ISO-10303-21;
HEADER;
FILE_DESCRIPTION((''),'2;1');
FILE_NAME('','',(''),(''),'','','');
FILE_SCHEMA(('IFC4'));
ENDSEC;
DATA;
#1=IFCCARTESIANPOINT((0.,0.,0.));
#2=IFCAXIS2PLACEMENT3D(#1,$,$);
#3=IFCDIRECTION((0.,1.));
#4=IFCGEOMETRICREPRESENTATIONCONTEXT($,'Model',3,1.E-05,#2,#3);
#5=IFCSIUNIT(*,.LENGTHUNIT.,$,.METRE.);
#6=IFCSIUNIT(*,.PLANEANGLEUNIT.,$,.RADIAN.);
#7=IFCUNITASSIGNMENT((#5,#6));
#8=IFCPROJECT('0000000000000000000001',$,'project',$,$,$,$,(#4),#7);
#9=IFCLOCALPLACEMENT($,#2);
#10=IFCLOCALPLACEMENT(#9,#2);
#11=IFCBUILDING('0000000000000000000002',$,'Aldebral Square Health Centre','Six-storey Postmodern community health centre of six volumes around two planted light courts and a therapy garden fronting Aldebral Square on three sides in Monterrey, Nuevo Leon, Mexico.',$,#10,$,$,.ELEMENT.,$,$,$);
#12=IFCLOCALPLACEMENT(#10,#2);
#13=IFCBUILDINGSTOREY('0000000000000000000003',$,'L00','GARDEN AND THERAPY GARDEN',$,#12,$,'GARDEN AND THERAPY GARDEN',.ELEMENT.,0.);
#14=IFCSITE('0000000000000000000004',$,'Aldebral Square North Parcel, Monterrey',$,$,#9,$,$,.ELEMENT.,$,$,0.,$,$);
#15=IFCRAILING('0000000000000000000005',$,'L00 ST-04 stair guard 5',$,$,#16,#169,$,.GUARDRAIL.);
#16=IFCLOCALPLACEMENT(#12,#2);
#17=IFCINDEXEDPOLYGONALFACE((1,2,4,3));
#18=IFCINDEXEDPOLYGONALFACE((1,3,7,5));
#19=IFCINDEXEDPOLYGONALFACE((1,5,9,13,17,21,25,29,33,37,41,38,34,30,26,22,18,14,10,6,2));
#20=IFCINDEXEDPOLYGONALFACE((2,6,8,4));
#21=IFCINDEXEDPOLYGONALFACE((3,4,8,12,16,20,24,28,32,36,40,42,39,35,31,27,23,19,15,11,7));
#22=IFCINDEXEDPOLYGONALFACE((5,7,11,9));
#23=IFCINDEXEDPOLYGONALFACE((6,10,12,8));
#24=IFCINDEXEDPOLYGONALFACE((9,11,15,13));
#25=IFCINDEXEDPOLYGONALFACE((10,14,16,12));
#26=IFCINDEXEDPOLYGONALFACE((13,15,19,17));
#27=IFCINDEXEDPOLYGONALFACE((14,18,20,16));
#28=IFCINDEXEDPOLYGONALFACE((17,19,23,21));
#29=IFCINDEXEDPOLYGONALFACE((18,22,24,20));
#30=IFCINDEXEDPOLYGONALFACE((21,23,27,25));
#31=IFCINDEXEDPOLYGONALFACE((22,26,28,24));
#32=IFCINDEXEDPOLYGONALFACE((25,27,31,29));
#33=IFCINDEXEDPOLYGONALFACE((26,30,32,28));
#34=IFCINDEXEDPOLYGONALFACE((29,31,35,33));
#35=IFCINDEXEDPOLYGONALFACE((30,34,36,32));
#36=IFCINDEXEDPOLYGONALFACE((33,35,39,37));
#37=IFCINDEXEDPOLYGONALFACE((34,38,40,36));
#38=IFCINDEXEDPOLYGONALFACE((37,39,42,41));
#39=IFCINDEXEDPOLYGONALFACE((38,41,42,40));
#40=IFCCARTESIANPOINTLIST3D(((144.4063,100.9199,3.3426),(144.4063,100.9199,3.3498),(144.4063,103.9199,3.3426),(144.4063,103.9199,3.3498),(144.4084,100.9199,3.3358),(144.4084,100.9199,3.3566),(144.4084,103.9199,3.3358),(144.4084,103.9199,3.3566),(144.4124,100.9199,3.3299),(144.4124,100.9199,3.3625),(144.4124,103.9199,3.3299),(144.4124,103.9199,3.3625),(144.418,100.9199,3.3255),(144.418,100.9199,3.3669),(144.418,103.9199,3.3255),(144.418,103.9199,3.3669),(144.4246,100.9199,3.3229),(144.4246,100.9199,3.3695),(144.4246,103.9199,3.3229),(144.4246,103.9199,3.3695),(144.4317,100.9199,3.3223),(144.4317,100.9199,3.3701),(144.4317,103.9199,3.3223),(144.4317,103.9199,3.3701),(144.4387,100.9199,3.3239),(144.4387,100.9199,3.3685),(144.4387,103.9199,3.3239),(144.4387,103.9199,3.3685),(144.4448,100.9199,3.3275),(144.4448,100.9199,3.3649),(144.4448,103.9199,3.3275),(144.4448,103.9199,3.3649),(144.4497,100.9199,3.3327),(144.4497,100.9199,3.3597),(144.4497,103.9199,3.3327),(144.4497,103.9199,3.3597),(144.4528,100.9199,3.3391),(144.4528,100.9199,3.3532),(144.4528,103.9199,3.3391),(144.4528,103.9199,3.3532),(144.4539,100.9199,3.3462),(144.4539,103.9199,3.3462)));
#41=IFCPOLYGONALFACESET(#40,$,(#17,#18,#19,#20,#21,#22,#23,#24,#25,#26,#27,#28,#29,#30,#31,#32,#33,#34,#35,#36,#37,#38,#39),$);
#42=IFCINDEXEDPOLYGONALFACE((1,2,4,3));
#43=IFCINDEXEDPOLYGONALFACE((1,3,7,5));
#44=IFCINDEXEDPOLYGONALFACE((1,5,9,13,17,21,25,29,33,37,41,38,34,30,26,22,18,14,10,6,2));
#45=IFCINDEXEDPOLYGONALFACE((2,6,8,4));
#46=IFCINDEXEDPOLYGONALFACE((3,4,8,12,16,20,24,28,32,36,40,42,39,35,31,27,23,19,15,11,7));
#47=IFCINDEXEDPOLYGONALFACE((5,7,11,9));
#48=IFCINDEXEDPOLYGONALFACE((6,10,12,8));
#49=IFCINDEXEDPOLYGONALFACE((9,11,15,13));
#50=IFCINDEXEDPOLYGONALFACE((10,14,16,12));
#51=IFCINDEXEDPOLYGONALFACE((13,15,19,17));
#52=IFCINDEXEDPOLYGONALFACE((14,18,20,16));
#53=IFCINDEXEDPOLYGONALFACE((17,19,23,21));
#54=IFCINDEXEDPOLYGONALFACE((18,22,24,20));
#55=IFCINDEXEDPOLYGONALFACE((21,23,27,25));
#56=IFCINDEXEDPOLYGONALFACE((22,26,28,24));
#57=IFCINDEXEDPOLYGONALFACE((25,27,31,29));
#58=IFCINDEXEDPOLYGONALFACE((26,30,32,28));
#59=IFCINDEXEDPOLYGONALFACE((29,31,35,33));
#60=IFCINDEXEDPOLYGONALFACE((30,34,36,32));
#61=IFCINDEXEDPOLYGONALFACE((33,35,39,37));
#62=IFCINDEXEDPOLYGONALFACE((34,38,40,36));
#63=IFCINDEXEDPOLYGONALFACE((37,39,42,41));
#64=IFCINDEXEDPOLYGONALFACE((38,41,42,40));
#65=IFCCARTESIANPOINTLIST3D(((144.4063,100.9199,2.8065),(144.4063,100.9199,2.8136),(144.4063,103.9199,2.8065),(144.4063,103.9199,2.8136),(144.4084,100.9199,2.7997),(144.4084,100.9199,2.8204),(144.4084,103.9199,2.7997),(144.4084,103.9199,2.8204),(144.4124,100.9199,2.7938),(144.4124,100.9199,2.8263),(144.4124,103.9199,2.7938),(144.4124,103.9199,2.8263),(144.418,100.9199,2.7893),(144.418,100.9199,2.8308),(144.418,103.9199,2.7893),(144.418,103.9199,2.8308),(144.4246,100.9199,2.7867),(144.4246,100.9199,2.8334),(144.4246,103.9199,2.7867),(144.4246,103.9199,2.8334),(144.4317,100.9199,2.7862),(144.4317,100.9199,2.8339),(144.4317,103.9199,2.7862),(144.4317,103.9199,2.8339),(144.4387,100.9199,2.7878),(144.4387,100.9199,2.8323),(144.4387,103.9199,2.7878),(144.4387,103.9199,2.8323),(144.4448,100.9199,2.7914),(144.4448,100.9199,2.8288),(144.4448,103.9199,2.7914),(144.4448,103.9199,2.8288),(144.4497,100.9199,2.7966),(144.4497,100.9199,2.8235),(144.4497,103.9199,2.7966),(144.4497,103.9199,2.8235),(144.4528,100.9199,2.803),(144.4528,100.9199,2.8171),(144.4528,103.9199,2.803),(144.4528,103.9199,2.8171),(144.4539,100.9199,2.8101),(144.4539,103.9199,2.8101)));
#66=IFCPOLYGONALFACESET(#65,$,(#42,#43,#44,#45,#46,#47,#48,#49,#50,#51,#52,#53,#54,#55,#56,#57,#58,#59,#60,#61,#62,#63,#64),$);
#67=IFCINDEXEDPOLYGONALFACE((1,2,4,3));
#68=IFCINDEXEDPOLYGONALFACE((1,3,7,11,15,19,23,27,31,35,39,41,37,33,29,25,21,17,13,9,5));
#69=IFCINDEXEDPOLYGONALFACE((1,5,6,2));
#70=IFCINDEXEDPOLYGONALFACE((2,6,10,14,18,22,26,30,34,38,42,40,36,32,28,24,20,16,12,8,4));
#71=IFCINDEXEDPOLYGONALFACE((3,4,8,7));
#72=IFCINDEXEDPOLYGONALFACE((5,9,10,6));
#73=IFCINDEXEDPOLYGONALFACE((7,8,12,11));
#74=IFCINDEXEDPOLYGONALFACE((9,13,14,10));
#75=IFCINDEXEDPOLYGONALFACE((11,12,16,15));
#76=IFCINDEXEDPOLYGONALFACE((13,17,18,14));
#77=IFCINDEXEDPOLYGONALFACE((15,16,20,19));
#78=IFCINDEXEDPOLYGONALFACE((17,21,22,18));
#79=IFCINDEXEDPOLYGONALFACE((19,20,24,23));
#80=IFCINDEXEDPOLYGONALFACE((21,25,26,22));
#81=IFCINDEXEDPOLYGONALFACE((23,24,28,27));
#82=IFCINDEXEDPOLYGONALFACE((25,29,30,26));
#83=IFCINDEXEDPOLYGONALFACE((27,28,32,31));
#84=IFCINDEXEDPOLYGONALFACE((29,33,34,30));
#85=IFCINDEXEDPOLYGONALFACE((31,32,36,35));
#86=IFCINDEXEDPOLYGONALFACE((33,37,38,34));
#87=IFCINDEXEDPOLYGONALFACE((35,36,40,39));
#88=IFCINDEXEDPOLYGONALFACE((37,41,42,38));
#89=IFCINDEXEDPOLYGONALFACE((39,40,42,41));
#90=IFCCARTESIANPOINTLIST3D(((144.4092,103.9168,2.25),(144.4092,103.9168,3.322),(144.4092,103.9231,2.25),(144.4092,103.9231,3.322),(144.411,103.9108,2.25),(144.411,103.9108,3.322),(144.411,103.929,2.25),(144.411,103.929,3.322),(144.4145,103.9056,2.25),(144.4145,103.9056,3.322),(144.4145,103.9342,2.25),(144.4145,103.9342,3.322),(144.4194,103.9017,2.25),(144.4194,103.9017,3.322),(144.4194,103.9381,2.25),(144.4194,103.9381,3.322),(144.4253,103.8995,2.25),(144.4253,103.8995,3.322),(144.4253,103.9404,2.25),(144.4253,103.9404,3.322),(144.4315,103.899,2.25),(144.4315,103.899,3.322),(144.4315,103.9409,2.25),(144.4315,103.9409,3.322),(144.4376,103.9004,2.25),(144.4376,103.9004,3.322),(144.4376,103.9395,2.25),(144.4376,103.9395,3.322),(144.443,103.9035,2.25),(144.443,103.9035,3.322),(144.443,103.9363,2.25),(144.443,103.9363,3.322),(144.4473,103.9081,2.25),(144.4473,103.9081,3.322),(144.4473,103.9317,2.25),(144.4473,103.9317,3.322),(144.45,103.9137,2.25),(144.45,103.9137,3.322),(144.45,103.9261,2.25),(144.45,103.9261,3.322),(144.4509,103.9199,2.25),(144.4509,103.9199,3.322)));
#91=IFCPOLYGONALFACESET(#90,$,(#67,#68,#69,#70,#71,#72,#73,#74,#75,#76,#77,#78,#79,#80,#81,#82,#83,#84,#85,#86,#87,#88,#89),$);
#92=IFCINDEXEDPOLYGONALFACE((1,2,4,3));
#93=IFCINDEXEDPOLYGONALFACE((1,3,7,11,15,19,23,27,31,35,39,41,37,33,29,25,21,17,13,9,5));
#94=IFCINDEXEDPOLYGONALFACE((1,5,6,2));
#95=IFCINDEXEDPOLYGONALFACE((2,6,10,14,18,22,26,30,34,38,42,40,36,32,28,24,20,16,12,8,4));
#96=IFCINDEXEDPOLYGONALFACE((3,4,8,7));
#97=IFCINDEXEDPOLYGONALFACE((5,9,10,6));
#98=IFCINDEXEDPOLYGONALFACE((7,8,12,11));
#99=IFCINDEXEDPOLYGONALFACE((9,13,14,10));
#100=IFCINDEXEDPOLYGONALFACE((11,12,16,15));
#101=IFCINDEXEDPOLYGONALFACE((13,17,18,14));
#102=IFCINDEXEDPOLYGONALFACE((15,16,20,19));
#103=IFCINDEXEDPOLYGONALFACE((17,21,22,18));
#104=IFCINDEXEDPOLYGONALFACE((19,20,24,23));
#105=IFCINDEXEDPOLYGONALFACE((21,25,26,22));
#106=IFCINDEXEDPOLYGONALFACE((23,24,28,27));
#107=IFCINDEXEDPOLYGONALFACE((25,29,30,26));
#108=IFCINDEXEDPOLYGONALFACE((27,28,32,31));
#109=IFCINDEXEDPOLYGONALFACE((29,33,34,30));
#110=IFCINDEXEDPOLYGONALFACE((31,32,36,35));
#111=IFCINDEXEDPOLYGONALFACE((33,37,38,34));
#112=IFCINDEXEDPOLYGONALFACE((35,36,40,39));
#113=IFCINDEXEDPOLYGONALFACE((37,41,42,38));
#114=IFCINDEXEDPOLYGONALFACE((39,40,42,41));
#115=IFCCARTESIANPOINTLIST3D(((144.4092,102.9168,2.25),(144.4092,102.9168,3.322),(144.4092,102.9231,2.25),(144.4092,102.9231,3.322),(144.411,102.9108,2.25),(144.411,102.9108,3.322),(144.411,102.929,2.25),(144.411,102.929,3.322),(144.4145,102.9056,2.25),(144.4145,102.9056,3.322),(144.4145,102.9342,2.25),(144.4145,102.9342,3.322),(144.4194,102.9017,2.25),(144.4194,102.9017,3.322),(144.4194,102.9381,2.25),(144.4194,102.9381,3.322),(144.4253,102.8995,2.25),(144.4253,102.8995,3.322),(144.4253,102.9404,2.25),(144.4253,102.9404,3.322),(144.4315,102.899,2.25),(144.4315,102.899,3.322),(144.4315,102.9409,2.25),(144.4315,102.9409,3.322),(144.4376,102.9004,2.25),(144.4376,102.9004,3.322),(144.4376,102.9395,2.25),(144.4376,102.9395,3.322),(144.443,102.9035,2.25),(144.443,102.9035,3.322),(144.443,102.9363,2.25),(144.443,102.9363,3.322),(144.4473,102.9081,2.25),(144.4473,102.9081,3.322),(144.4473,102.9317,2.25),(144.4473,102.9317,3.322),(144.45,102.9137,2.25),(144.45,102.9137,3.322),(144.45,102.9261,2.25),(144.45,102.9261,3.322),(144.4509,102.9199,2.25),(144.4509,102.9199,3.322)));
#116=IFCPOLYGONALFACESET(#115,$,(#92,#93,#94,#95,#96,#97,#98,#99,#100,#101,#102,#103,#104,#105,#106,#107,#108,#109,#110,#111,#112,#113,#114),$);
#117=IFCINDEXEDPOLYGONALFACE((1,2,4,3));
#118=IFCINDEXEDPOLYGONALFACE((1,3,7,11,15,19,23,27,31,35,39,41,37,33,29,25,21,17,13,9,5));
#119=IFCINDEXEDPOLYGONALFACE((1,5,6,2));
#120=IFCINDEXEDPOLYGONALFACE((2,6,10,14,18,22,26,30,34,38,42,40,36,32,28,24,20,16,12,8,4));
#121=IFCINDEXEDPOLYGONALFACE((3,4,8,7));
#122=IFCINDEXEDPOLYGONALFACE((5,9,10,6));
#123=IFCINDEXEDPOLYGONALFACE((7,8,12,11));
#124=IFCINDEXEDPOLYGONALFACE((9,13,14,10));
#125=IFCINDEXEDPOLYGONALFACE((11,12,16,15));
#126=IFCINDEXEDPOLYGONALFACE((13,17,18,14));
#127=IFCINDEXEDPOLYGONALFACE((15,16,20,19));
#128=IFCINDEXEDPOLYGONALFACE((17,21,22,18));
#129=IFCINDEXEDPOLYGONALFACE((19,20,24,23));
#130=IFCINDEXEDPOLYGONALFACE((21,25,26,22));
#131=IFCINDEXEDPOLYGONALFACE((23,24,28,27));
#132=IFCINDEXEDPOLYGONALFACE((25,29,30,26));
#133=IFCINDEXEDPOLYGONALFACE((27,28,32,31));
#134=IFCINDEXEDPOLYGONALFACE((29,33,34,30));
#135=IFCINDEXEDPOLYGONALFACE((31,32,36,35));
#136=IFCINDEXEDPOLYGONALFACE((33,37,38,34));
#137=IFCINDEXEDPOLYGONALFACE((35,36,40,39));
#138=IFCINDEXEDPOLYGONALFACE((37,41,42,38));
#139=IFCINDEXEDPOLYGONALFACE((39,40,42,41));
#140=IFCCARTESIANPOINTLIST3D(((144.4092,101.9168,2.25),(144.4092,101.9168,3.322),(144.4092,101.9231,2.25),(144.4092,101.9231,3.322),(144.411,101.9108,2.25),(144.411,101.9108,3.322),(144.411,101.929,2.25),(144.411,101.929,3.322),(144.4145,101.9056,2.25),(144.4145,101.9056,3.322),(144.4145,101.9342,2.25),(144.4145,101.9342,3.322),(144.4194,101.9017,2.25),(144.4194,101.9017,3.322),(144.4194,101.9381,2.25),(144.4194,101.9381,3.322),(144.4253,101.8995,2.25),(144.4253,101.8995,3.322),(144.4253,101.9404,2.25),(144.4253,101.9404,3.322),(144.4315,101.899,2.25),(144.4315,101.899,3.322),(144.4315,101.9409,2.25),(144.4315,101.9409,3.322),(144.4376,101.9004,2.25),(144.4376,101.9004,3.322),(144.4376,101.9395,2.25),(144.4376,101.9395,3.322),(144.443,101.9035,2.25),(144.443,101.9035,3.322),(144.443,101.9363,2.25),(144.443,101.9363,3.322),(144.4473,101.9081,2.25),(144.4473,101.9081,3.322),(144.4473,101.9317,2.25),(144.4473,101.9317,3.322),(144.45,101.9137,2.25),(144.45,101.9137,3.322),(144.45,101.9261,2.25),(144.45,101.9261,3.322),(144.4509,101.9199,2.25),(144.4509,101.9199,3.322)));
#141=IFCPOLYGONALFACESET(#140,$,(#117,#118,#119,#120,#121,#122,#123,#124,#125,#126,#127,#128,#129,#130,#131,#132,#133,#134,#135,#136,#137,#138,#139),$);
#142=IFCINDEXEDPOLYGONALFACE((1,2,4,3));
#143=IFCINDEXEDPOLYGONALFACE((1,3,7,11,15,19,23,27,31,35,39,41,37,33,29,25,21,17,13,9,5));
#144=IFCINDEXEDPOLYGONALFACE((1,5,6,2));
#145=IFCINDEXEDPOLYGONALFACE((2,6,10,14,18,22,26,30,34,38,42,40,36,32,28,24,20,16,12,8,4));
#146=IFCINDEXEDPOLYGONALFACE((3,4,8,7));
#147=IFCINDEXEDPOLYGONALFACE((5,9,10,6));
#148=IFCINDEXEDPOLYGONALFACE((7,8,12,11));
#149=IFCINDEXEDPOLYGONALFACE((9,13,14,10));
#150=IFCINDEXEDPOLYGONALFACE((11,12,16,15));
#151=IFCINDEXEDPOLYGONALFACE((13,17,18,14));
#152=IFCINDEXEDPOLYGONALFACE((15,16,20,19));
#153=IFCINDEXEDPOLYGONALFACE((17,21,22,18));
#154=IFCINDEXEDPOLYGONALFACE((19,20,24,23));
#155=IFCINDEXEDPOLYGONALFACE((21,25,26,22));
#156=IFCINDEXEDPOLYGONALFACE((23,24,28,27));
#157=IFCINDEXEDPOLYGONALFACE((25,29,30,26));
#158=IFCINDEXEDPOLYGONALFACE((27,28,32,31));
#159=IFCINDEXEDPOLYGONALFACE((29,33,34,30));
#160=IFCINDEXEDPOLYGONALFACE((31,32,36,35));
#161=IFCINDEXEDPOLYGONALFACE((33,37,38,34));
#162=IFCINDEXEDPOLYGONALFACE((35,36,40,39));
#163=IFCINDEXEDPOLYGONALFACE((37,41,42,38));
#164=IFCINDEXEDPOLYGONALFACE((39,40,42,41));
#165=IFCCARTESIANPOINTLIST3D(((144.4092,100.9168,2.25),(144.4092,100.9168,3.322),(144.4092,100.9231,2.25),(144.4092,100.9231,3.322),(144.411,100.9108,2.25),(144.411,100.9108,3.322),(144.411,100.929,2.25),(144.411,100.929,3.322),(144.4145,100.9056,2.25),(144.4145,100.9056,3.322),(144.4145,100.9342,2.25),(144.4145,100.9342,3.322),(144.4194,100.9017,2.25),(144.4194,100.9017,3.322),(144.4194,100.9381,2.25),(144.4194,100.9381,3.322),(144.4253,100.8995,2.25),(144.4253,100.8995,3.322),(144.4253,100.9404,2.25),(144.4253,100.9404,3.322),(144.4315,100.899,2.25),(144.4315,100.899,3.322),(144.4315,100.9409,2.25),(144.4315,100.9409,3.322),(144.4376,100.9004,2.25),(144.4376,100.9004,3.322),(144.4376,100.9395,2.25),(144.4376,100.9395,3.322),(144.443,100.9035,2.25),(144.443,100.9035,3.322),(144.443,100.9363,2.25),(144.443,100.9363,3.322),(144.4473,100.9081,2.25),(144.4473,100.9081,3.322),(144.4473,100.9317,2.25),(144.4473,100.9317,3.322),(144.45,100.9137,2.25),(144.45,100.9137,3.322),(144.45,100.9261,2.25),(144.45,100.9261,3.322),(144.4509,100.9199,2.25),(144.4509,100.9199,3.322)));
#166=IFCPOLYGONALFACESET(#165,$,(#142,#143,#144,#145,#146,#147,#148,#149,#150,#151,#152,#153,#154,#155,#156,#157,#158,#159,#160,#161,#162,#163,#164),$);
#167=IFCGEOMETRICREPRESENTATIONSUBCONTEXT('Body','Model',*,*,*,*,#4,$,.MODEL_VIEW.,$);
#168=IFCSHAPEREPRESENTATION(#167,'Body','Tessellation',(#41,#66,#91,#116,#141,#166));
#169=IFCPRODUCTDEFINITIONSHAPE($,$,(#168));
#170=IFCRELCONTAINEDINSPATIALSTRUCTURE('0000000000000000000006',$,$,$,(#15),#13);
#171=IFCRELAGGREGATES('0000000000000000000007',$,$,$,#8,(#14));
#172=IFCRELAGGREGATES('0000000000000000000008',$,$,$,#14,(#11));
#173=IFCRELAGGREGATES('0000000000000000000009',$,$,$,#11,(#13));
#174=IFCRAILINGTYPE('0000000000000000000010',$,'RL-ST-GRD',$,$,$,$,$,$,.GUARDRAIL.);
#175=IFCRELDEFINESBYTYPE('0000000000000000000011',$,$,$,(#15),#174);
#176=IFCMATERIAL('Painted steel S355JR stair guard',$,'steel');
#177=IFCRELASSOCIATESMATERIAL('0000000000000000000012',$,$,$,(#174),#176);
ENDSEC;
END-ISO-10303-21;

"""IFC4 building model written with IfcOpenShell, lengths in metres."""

from ifc_helpers import new_model, si_unit, direction, frame, origin, origin_2d, place, context, subcontext, project, spatial, circle, extrude, material, type_object, element, save


model = new_model("IFC4")

# Units and contexts
model_context = context("Model", 3, precision=1e-05, world=origin(), true_north=direction((0.0, 1.0)))
body_context = subcontext(model_context, "Body", "Model", "MODEL_VIEW")
ifc_project = project(units=[si_unit("LENGTHUNIT", "METRE"), si_unit("PLANEANGLEUNIT", "RADIAN")], contexts=[model_context])

# Site, building, storey
site_placement = place(None, origin())
site = spatial("IfcSite", under=ifc_project, at=site_placement, Name="Aldebral Square North Parcel, Monterrey", CompositionType="ELEMENT", RefElevation=0.0)
building_placement = place(site_placement, origin())
building = spatial("IfcBuilding", under=site, at=building_placement, Name="Aldebral Square Health Centre", Description="Six-storey Postmodern community health centre of six volumes around two planted light courts and a therapy garden fronting Aldebral Square on three sides in Monterrey, Nuevo Leon, Mexico.", CompositionType="ELEMENT")
storey_placement = place(building_placement, origin())
storey = spatial("IfcBuildingStorey", under=building, at=storey_placement, Name="L00", Description="GARDEN AND THERAPY GARDEN", LongName="GARDEN AND THERAPY GARDEN", CompositionType="ELEMENT", Elevation=0.0)

# Railing
ifc_material_1 = material(Name="Painted steel S355JR stair guard", Category="steel")
railing_type_1 = type_object("IfcRailingType", Name="RL-ST-GRD", PredefinedType="GUARDRAIL", material=ifc_material_1)
railing_1_placement = place(storey_placement, frame((144.4299, 103.9199, 2.25)))
element("IfcRailing", 1, at=railing_1_placement, inside=storey, type_object=railing_type_1, Name="L00 ST-04 stair guard 5", PredefinedType="GUARDRAIL", context=body_context, shape_type="SweptSolid", body=[
    extrude(circle(Radius=0.0239, at=origin_2d()), frame((0.0, 0.0, 1.0962), z_axis=(0.0, -1.0, 0.0), x_axis=(1.0, 0.0, 0.0)), (0.0, 0.0, 1.0), 3.0),
    extrude(circle(Radius=0.0239, at=origin_2d()), frame((0.0, 0.0, 0.5601), z_axis=(0.0, -1.0, 0.0), x_axis=(1.0, 0.0, 0.0)), (0.0, 0.0, 1.0), 3.0),
    extrude(circle(Radius=0.021, at=origin_2d()), origin(), (0.0, 0.0, 1.0), 1.072),
    extrude(circle(Radius=0.021, at=origin_2d()), frame((0.0, -1.0, 0.0)), (0.0, 0.0, 1.0), 1.072),
    extrude(circle(Radius=0.021, at=origin_2d()), frame((0.0, -2.0, 0.0)), (0.0, 0.0, 1.0), 1.072),
    extrude(circle(Radius=0.021, at=origin_2d()), frame((0.0, -3.0, 0.0)), (0.0, 0.0, 1.0), 1.072),
])

save(model, "model.ifc")
